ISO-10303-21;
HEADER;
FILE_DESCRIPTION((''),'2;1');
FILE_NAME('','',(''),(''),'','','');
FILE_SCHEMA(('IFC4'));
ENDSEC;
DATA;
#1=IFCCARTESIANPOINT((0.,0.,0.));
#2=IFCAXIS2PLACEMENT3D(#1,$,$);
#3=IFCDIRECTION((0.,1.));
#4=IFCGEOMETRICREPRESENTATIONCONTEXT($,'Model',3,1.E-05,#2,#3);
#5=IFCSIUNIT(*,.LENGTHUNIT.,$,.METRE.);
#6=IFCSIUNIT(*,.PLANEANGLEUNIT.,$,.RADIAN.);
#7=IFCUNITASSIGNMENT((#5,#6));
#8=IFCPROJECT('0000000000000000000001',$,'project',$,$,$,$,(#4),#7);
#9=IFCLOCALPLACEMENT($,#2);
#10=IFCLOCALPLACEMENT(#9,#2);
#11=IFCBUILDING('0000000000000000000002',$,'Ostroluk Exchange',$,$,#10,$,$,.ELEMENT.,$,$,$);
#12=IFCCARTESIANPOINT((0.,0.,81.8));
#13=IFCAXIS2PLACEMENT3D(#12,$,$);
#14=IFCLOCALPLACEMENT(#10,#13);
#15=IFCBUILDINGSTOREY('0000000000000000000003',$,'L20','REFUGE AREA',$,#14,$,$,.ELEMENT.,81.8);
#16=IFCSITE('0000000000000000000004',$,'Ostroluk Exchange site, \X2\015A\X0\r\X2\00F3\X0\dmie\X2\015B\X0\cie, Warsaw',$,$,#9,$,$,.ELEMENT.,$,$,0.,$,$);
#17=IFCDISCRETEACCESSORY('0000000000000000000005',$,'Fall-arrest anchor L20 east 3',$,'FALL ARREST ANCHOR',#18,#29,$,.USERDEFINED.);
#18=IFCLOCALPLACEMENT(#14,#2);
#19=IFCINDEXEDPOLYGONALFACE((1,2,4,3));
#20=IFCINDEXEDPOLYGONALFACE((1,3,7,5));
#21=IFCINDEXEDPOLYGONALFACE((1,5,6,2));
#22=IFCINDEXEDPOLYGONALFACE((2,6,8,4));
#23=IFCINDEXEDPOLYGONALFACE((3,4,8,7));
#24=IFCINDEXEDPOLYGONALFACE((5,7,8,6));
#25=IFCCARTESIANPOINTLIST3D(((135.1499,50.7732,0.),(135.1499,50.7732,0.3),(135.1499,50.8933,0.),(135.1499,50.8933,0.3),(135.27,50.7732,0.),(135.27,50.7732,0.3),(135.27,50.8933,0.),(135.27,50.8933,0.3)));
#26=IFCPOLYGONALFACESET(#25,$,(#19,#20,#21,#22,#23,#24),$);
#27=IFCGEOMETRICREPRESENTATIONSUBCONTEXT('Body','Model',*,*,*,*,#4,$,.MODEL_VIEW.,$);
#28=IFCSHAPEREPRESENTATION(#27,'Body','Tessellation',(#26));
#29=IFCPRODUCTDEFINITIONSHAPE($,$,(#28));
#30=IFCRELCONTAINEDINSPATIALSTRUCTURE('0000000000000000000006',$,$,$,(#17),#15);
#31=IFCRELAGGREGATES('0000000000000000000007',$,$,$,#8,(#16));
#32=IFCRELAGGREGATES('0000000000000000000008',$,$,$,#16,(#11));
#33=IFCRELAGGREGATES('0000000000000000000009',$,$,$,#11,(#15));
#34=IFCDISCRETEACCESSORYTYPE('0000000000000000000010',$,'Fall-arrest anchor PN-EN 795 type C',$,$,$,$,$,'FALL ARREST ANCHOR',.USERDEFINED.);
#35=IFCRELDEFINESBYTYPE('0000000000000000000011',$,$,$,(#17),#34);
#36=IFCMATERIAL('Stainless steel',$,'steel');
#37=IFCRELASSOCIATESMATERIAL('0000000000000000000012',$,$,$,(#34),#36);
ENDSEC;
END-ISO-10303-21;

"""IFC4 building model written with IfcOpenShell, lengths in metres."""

from ifc_helpers import new_model, si_unit, direction, frame, origin, origin_2d, place, context, subcontext, project, spatial, rectangle, extrude, material, type_object, element, save


model = new_model("IFC4")

# Units and contexts
model_context = context("Model", 3, precision=1e-05, world=origin(), true_north=direction((0.0, 1.0)))
body_context = subcontext(model_context, "Body", "Model", "MODEL_VIEW")
ifc_project = project(units=[si_unit("LENGTHUNIT", "METRE"), si_unit("PLANEANGLEUNIT", "RADIAN")], contexts=[model_context])

# Site, building, storey
site_placement = place(None, origin())
site = spatial("IfcSite", under=ifc_project, at=site_placement, Name="Ostroluk Exchange site, Śródmieście, Warsaw", CompositionType="ELEMENT", RefElevation=0.0)
building_placement = place(site_placement, origin())
building = spatial("IfcBuilding", under=site, at=building_placement, Name="Ostroluk Exchange", CompositionType="ELEMENT")
storey_placement = place(building_placement, frame((0.0, 0.0, 81.8)))
storey = spatial("IfcBuildingStorey", under=building, at=storey_placement, Name="L20", Description="REFUGE AREA", CompositionType="ELEMENT", Elevation=81.8)

# Discrete accessory
ifc_material_1 = material(Name="Stainless steel", Category="steel")
discrete_accessory_type = type_object("IfcDiscreteAccessoryType", Name="Fall-arrest anchor PN-EN 795 type C", ElementType="FALL ARREST ANCHOR", PredefinedType="USERDEFINED", material=ifc_material_1)
discrete_accessory_placement = place(storey_placement, frame((135.21, 50.8333, 0.0), z_axis=(0.0, 0.0, 1.0), x_axis=(1.0, 0.0, 0.0)))
element("IfcDiscreteAccessory", 1, at=discrete_accessory_placement, inside=storey, type_object=discrete_accessory_type, Name="Fall-arrest anchor L20 east 3", ObjectType="FALL ARREST ANCHOR", PredefinedType="USERDEFINED", context=body_context, shape_type="SweptSolid", body=[
    extrude(rectangle(XDim=0.1201, YDim=0.1201, at=origin_2d()), origin(), (0.0, 0.0, 1.0), 0.3),
])

save(model, "model.ifc")
